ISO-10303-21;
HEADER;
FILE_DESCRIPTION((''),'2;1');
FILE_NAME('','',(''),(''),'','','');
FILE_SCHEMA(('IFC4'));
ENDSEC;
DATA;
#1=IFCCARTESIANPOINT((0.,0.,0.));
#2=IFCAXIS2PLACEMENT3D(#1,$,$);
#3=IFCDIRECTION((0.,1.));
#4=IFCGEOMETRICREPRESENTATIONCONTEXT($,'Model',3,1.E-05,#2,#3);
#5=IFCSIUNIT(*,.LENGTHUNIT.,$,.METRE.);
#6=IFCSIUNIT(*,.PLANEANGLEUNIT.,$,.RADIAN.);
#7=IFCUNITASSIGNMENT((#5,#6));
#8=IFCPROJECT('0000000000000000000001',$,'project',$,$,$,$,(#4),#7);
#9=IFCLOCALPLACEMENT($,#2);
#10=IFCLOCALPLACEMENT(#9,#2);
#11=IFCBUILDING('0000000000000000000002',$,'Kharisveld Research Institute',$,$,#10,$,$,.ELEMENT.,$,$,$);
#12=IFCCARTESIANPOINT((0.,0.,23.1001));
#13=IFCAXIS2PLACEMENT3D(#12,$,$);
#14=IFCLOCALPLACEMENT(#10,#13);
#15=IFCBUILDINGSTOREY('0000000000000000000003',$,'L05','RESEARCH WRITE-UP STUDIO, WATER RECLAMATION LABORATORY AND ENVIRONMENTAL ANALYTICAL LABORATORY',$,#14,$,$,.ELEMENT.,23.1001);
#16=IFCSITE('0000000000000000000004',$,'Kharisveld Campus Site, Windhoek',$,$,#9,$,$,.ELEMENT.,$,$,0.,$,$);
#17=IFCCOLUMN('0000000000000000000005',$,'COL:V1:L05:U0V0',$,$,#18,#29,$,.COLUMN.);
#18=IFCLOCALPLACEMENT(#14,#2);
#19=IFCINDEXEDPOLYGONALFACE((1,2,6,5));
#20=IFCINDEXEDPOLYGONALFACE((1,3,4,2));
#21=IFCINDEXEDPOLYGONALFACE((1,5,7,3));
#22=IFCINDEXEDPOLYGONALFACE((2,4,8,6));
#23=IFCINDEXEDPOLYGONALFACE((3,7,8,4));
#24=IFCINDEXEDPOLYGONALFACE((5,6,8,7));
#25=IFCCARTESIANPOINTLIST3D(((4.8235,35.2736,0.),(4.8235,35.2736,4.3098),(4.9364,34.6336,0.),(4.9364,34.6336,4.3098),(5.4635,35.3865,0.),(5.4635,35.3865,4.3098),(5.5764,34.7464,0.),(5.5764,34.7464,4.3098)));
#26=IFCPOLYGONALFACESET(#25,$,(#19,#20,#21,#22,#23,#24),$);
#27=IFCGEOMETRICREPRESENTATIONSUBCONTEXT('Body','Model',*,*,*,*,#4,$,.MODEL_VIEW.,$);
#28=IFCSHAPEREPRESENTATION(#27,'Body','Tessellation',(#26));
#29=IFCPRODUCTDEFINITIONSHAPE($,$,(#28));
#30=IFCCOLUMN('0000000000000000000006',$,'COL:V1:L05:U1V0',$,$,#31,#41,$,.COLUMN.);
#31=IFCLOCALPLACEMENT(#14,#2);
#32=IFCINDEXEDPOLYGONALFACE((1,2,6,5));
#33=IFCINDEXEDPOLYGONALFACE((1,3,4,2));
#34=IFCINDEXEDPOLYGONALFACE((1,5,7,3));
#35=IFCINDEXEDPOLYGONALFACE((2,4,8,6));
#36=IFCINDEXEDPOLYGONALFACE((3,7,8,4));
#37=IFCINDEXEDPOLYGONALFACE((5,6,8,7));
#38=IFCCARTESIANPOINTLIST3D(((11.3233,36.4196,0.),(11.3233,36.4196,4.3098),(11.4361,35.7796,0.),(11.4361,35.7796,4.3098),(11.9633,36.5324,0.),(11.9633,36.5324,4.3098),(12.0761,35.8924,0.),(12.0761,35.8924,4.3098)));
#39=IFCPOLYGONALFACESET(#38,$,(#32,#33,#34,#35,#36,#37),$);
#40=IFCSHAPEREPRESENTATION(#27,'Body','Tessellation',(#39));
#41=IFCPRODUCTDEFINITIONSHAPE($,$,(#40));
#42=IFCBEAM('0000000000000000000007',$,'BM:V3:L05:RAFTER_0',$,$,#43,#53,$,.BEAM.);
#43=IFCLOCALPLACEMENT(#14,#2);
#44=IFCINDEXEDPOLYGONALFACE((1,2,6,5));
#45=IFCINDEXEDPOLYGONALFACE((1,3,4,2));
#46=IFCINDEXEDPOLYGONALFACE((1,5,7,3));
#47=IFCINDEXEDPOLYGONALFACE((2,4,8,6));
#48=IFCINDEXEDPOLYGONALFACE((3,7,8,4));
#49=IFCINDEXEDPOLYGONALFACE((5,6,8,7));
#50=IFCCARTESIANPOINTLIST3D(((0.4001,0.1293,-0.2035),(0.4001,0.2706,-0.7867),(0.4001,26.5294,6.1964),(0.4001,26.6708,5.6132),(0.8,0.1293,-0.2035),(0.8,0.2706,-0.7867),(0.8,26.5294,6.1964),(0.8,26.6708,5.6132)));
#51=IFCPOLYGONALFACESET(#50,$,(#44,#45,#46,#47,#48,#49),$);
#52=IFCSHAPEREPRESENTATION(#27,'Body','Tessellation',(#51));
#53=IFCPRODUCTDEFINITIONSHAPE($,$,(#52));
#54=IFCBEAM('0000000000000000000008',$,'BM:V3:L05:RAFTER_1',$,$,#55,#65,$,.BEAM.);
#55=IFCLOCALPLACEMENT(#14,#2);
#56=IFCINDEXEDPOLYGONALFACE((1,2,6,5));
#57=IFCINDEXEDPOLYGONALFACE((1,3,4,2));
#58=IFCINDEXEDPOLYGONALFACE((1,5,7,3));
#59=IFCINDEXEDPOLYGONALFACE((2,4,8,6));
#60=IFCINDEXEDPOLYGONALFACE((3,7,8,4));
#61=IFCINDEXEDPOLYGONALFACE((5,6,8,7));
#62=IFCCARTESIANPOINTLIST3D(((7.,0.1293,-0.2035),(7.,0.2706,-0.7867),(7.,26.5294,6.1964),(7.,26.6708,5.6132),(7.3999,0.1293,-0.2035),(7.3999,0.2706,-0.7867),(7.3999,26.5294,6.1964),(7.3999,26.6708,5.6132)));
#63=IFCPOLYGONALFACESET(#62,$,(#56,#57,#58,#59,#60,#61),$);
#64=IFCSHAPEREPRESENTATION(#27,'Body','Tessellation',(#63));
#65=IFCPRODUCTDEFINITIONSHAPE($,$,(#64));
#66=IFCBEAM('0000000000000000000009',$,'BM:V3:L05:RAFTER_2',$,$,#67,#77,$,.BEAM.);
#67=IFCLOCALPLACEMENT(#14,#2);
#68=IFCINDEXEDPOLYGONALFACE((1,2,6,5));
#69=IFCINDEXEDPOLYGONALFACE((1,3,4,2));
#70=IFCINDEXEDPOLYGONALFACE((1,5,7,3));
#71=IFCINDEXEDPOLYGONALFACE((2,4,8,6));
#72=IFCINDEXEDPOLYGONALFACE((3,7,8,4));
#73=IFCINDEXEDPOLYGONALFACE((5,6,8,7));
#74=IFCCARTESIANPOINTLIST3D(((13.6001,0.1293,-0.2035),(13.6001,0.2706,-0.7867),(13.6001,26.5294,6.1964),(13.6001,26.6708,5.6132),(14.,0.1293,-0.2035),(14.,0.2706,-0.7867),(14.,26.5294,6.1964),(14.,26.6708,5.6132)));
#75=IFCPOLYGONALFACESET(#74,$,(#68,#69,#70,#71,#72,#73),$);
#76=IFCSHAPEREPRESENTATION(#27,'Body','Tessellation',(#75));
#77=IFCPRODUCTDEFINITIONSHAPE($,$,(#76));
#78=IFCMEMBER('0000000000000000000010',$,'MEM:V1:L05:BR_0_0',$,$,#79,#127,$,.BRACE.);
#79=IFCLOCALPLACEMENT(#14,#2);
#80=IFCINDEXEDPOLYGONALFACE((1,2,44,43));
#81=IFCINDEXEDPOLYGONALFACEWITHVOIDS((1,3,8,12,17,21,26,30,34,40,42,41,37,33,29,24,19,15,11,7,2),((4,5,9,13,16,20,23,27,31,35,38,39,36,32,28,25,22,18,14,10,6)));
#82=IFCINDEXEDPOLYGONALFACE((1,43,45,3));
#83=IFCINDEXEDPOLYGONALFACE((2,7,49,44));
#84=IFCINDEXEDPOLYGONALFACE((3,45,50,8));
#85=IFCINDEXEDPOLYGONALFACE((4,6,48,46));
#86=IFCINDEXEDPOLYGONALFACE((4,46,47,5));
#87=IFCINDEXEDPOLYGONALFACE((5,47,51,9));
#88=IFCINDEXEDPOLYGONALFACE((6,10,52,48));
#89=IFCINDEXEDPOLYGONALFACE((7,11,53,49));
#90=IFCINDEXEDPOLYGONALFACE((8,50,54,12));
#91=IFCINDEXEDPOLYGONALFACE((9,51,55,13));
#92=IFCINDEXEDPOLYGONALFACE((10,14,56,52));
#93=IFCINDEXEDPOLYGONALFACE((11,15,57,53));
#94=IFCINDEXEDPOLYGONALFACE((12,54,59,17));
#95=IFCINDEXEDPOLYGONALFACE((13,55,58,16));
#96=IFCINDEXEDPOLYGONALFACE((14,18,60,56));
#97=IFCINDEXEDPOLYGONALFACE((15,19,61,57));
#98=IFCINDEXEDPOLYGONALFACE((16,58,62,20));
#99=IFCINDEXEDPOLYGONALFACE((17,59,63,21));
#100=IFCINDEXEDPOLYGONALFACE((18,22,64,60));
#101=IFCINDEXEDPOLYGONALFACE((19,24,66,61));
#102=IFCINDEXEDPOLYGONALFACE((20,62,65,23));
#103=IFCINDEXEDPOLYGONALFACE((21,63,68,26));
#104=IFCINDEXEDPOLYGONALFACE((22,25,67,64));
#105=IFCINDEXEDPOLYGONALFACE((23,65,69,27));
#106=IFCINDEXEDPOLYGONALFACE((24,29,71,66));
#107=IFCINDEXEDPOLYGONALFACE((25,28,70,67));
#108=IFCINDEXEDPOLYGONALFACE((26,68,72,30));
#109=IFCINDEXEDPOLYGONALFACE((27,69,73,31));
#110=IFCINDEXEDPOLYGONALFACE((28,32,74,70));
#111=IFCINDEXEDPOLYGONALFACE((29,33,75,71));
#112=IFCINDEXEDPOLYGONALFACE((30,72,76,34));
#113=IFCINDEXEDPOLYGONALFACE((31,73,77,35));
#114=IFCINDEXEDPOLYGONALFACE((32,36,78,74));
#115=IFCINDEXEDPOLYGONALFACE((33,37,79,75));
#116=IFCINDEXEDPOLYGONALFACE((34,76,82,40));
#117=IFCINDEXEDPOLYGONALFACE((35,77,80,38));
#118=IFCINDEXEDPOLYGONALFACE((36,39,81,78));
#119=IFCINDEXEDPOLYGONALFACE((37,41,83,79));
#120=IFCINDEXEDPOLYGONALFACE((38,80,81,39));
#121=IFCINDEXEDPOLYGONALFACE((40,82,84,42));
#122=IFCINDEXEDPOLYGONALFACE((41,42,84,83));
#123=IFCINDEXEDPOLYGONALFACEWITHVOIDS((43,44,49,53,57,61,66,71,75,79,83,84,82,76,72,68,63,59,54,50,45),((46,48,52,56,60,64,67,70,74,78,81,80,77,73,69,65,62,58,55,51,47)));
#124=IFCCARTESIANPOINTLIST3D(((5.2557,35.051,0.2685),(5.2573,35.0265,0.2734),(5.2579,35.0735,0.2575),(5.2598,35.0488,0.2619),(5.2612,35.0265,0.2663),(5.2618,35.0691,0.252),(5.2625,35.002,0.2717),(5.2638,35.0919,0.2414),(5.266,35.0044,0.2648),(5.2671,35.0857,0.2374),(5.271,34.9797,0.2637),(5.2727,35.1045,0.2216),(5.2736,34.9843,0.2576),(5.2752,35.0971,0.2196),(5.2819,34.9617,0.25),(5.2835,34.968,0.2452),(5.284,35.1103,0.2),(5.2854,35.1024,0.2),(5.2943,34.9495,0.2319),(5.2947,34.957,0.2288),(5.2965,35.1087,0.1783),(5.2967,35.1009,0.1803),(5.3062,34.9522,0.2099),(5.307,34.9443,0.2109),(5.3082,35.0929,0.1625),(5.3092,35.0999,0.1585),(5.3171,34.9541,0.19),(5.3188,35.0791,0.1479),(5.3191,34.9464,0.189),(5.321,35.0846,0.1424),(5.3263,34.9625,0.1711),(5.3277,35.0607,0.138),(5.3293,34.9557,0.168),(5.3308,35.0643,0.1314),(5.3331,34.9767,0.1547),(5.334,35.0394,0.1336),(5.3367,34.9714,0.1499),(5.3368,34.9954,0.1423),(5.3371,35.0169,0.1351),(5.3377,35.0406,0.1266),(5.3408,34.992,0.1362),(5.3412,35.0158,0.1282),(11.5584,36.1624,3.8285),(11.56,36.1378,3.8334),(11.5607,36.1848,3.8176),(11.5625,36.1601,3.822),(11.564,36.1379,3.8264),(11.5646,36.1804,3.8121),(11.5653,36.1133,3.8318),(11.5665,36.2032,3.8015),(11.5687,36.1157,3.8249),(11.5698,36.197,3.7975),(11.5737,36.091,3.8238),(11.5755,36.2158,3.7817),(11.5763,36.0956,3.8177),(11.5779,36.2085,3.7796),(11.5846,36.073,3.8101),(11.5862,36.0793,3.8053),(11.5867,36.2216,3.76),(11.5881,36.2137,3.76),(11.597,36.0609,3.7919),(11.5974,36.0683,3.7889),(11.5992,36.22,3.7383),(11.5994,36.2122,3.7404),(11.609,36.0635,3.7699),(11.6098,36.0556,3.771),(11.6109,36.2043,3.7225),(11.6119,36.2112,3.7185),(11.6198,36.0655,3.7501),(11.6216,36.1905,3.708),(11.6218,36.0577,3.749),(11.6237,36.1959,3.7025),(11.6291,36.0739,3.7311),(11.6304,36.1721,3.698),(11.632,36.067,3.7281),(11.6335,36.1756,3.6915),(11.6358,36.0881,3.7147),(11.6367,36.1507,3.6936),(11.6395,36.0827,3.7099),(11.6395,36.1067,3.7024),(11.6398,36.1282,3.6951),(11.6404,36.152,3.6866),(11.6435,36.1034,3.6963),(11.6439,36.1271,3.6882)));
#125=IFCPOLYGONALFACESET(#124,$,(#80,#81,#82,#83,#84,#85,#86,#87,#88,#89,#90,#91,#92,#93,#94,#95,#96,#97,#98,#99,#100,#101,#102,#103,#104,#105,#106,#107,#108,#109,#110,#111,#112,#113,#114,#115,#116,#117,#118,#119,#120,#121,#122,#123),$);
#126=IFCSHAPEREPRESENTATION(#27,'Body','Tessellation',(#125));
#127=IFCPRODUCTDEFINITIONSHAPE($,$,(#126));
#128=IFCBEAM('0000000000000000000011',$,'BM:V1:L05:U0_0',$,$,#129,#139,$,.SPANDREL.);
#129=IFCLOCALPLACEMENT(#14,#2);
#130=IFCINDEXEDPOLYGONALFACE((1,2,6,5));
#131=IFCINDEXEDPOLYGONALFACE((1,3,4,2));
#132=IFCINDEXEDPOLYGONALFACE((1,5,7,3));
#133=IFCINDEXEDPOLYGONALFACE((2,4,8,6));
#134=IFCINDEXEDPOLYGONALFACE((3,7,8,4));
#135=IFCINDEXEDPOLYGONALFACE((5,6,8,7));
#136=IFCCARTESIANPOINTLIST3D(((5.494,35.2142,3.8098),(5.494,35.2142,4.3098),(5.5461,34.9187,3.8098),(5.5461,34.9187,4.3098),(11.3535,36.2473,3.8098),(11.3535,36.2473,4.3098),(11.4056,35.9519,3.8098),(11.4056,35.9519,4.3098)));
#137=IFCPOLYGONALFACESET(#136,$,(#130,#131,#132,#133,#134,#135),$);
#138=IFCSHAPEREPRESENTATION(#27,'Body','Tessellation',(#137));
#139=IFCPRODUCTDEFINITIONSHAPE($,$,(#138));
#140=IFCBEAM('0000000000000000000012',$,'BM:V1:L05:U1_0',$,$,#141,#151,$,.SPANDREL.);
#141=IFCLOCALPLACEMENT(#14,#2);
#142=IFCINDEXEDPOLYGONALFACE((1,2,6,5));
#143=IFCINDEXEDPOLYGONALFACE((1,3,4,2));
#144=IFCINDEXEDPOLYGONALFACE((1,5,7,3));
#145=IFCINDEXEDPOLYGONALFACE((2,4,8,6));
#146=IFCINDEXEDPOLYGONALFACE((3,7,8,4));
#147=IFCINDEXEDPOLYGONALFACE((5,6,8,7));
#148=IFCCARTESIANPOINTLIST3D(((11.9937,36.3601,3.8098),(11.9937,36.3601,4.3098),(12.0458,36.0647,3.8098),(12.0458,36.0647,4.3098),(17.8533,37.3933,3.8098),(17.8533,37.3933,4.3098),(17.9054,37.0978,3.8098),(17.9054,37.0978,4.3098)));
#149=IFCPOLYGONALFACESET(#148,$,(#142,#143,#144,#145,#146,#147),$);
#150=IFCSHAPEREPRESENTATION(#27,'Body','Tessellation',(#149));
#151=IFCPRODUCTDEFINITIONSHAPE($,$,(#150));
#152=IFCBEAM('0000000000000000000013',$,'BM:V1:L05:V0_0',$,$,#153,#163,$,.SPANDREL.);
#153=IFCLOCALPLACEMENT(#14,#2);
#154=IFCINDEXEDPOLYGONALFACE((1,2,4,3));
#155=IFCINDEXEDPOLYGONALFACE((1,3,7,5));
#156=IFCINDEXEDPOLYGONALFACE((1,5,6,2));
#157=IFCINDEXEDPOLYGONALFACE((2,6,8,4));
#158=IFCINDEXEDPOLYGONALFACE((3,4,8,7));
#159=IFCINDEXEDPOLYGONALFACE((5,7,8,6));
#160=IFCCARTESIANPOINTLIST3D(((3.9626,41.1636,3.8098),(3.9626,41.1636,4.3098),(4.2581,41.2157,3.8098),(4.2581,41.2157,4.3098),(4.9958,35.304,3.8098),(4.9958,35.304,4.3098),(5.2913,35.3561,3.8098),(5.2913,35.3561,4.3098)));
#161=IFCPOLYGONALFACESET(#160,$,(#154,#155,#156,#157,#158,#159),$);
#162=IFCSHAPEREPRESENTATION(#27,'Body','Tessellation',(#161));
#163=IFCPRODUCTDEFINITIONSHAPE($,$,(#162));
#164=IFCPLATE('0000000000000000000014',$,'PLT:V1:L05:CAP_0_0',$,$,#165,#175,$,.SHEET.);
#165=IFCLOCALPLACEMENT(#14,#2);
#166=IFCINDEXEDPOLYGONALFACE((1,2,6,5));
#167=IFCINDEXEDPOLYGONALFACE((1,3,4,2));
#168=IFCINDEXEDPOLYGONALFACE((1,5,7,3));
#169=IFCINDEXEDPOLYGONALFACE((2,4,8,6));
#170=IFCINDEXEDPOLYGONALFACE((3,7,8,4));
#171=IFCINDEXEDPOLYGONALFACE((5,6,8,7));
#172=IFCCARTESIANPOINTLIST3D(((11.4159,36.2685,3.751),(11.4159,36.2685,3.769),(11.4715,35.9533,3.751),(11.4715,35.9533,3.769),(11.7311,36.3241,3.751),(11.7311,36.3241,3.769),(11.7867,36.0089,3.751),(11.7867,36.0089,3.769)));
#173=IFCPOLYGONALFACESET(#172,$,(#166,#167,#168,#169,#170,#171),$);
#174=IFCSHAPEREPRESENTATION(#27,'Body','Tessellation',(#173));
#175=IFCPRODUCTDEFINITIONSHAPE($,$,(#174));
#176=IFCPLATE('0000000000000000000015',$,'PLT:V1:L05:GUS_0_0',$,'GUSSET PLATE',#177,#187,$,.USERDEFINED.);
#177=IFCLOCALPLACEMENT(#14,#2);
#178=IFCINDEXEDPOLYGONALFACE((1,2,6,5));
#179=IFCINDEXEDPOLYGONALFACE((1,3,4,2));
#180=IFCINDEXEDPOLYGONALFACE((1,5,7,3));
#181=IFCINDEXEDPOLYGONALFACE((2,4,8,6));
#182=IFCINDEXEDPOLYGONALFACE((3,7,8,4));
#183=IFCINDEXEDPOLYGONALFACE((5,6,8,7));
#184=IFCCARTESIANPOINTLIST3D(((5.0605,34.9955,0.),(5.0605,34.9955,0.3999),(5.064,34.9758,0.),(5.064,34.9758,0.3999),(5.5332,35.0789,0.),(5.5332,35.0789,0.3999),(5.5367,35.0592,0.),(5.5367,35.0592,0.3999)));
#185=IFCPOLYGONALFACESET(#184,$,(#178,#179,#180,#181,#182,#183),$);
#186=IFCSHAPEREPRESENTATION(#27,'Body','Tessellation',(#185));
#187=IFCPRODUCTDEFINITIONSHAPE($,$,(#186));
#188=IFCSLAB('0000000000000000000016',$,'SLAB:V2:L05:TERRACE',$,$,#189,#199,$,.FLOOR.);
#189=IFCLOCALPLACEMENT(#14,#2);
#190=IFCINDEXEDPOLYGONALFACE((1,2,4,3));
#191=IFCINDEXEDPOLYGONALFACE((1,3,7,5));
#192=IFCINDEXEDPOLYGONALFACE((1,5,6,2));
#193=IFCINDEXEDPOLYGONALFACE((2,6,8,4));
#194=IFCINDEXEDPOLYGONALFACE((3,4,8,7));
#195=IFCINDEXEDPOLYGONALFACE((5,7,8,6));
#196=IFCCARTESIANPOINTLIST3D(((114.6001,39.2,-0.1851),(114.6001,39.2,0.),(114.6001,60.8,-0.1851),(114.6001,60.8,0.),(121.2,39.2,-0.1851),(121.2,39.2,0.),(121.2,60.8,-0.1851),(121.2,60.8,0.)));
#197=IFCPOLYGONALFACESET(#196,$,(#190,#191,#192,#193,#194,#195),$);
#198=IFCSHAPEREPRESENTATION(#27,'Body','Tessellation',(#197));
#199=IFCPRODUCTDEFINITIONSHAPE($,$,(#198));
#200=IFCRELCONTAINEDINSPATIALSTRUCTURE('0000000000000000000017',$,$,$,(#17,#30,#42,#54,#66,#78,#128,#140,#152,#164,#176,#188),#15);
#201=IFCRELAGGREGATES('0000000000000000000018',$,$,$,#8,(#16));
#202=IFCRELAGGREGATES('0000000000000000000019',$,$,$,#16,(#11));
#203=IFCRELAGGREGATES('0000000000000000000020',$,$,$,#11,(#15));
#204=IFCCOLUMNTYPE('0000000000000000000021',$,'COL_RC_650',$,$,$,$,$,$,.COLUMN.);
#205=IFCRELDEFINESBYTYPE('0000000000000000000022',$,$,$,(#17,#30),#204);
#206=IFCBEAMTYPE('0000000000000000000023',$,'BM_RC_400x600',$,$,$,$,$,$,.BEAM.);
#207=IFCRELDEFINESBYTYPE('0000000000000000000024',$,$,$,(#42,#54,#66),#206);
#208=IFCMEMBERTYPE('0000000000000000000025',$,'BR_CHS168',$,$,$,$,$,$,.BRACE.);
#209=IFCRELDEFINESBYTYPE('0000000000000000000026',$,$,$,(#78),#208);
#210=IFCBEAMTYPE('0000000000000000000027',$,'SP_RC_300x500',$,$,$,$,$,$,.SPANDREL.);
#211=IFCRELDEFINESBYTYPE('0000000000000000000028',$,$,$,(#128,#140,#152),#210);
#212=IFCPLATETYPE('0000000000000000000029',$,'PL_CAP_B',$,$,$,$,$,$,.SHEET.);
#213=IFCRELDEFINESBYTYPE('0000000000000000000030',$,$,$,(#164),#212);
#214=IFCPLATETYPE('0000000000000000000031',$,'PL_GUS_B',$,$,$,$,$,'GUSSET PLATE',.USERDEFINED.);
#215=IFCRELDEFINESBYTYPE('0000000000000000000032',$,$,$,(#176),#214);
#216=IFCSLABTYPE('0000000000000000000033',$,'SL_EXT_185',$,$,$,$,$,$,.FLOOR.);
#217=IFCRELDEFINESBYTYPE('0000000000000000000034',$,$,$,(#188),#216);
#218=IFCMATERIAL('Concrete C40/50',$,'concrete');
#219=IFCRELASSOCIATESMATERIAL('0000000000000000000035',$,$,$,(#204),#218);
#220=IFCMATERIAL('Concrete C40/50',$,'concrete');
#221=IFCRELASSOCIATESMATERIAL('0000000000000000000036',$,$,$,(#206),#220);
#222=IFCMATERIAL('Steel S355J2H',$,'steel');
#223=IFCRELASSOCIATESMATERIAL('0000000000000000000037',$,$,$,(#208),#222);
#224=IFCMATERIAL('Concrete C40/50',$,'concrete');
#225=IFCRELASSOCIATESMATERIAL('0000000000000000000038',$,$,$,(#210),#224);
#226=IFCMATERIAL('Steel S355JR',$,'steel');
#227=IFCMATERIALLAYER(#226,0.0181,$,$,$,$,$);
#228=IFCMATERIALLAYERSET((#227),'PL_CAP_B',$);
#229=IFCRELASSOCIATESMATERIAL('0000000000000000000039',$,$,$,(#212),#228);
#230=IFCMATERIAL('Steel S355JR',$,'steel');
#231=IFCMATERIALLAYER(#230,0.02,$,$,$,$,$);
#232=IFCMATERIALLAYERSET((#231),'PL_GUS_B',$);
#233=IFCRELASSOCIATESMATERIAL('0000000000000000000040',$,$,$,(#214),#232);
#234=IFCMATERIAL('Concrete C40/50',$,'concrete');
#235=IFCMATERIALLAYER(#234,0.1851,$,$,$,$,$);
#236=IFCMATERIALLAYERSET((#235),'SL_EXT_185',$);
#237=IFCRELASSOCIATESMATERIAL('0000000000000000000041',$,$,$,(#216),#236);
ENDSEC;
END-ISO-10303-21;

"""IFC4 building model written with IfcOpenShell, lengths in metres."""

from ifc_helpers import new_model, si_unit, direction, frame, origin, origin_2d, place, context, subcontext, project, spatial, polyline, rectangle, hollow_circle, outline, extrude, material, layer, layer_set, material_profile, profile_set, type_object, element, save


model = new_model("IFC4")

# Units and contexts
model_context = context("Model", 3, precision=1e-05, world=origin(), true_north=direction((0.0, 1.0)))
body_context = subcontext(model_context, "Body", "Model", "MODEL_VIEW")
ifc_project = project(units=[si_unit("LENGTHUNIT", "METRE"), si_unit("PLANEANGLEUNIT", "RADIAN")], contexts=[model_context])

# Site, building, storey
site_placement = place(None, origin())
site = spatial("IfcSite", under=ifc_project, at=site_placement, Name="Kharisveld Campus Site, Windhoek", CompositionType="ELEMENT", RefElevation=0.0)
building_placement = place(site_placement, origin())
building = spatial("IfcBuilding", under=site, at=building_placement, Name="Kharisveld Research Institute", CompositionType="ELEMENT")
storey_placement = place(building_placement, frame((0.0, 0.0, 23.1001)))
storey = spatial("IfcBuildingStorey", under=building, at=storey_placement, Name="L05", Description="RESEARCH WRITE-UP STUDIO, WATER RECLAMATION LABORATORY AND ENVIRONMENTAL ANALYTICAL LABORATORY", CompositionType="ELEMENT", Elevation=23.1001)

# Columns
ifc_material_1 = material(Name="Concrete C40/50", Category="concrete")
ifc_material_profile_1 = material_profile(ifc_material_1, rectangle(XDim=0.6499, YDim=0.6499, at=origin_2d()))
ifc_profile_set_1 = profile_set([ifc_material_profile_1], Name="Concrete C40/50")
column_type = type_object("IfcColumnType", Name="COL_RC_650", PredefinedType="COLUMN", material=ifc_profile_set_1)
for number, where, z_axis, x_axis, name in (
    (1, (5.2, 35.01, 0.0), (0.0, 0.0, 1.0), (0.984808, 0.173648, 0.0), "COL:V1:L05:U0V0"),
    (2, (11.6997, 36.156, 0.0), (0.0, 0.0, 1.0), (0.984808, 0.173648, 0.0), "COL:V1:L05:U1V0"),
):
    element("IfcColumn", number, at=place(storey_placement, frame(where, z_axis=z_axis, x_axis=x_axis)), inside=storey, type_object=column_type, Name=name, PredefinedType="COLUMN", context=body_context, shape_type="SweptSolid", body=[
        extrude(rectangle(XDim=0.6499, YDim=0.6499, at=origin_2d()), origin(), (0.0, 0.0, 1.0), 4.3098),
    ])

# Beams
ifc_material_2 = material(Name="Concrete C40/50", Category="concrete")
ifc_material_profile_2 = material_profile(ifc_material_2, rectangle(XDim=0.3999, YDim=0.6001, at=origin_2d()))
ifc_profile_set_2 = profile_set([ifc_material_profile_2], Name="Concrete C40/50")
beam_type_1 = type_object("IfcBeamType", Name="BM_RC_400x600", PredefinedType="BEAM", material=ifc_profile_set_2)
for number, where, z_axis, x_axis, name in (
    (3, (0.6001, 0.2, -0.4951), (0.0, 0.971851, 0.235595), (-1.0, 0.0, 0.0), "BM:V3:L05:RAFTER_0"),
    (4, (7.2, 0.2, -0.4951), (0.0, 0.971851, 0.235595), (-1.0, 0.0, 0.0), "BM:V3:L05:RAFTER_1"),
    (5, (13.8, 0.2, -0.4951), (0.0, 0.971851, 0.235595), (-1.0, 0.0, 0.0), "BM:V3:L05:RAFTER_2"),
):
    element("IfcBeam", number, at=place(storey_placement, frame(where, z_axis=z_axis, x_axis=x_axis)), inside=storey, type_object=beam_type_1, Name=name, PredefinedType="BEAM", context=body_context, shape_type="SweptSolid", body=[
        extrude(rectangle(XDim=0.3999, YDim=0.6001, at=origin_2d()), origin(), (0.0, 0.0, 1.0), 27.1648),
    ])

# Member
ifc_material_3 = material(Name="Steel S355J2H", Category="steel")
ifc_material_profile_3 = material_profile(ifc_material_3, hollow_circle(Radius=0.0842, WallThickness=0.0081, at=origin_2d()))
ifc_profile_set_3 = profile_set([ifc_material_profile_3], Name="Steel S355J2H")
member_type = type_object("IfcMemberType", Name="BR_CHS168", PredefinedType="BRACE", material=ifc_profile_set_3)
member_placement = place(storey_placement, frame((5.2986, 35.0273, 0.2), z_axis=(0.860619, 0.151748, 0.486115), x_axis=(-0.173646, 0.984808, 0.0)))
element("IfcMember", 6, at=member_placement, inside=storey, type_object=member_type, Name="MEM:V1:L05:BR_0_0", PredefinedType="BRACE", context=body_context, shape_type="SweptSolid", body=[
    extrude(hollow_circle(Radius=0.0842, WallThickness=0.0081, at=origin_2d()), origin(), (0.0, 0.0, 1.0), 7.3235),
])

# Beams
ifc_material_4 = material(Name="Concrete C40/50", Category="concrete")
ifc_material_profile_4 = material_profile(ifc_material_4, rectangle(XDim=0.3, YDim=0.5, at=origin_2d()))
ifc_profile_set_4 = profile_set([ifc_material_profile_4], Name="Concrete C40/50")
beam_type_2 = type_object("IfcBeamType", Name="SP_RC_300x500", PredefinedType="SPANDREL", material=ifc_profile_set_4)
for number, where, z_axis, x_axis, name in (
    (7, (5.52, 35.0664, 4.0598), (0.984808, 0.173647, 0.0), (-0.173647, 0.984808, 0.0), "BM:V1:L05:U0_0"),
    (8, (12.0198, 36.2124, 4.0598), (0.984808, 0.173647, 0.0), (-0.173647, 0.984808, 0.0), "BM:V1:L05:U1_0"),
    (9, (5.1436, 35.3301, 4.0598), (-0.173647, 0.984808, 0.0), (-0.984808, -0.173647, 0.0), "BM:V1:L05:V0_0"),
):
    element("IfcBeam", number, at=place(storey_placement, frame(where, z_axis=z_axis, x_axis=x_axis)), inside=storey, type_object=beam_type_2, Name=name, PredefinedType="SPANDREL", context=body_context, shape_type="SweptSolid", body=[
        extrude(rectangle(XDim=0.3, YDim=0.5, at=origin_2d()), origin(), (0.0, 0.0, 1.0), 5.95),
    ])

# Plates
ifc_material_5 = material(Name="Steel S355JR", Category="steel")
ifc_layer_1 = layer(ifc_material_5, 0.0181)
ifc_layer_set_1 = layer_set([ifc_layer_1], Name="PL_CAP_B")
plate_type_1 = type_object("IfcPlateType", Name="PL_CAP_B", PredefinedType="SHEET", material=ifc_layer_set_1)
plate_1_placement = place(storey_placement, frame((11.6013, 36.1387, 3.751), z_axis=(0.0, 0.0, 1.0), x_axis=(0.984808, 0.173648, 0.0)))
element("IfcPlate", 10, at=plate_1_placement, inside=storey, type_object=plate_type_1, Name="PLT:V1:L05:CAP_0_0", PredefinedType="SHEET", context=body_context, shape_type="SweptSolid", body=[
    extrude(rectangle(XDim=0.3201, YDim=0.3201, at=origin_2d()), origin(), (0.0, 0.0, 1.0), 0.0181),
])
ifc_material_6 = material(Name="Steel S355JR", Category="steel")
ifc_layer_2 = layer(ifc_material_6, 0.02)
ifc_layer_set_2 = layer_set([ifc_layer_2], Name="PL_GUS_B")
plate_type_2 = type_object("IfcPlateType", Name="PL_GUS_B", ElementType="GUSSET PLATE", PredefinedType="USERDEFINED", material=ifc_layer_set_2)
plate_2_placement = place(storey_placement, frame((5.2986, 35.0273, 0.0), z_axis=(0.0, 0.0, 1.0), x_axis=(0.984808, 0.173648, 0.0)))
element("IfcPlate", 11, at=plate_2_placement, inside=storey, type_object=plate_type_2, Name="PLT:V1:L05:GUS_0_0", ObjectType="GUSSET PLATE", PredefinedType="USERDEFINED", context=body_context, shape_type="SweptSolid", body=[
    extrude(rectangle(XDim=0.48, YDim=0.02, at=origin_2d()), origin(), (0.0, 0.0, 1.0), 0.3999),
])

# Slab
ifc_material_7 = material(Name="Concrete C40/50", Category="concrete")
ifc_layer_3 = layer(ifc_material_7, 0.1851)
ifc_layer_set_3 = layer_set([ifc_layer_3], Name="SL_EXT_185")
slab_type_1 = type_object("IfcSlabType", Name="SL_EXT_185", PredefinedType="FLOOR", material=ifc_layer_set_3)
slab_1_placement = place(storey_placement, frame((0.0, 0.0, -0.1851)))
element("IfcSlab", 12, at=slab_1_placement, inside=storey, type_object=slab_type_1, Name="SLAB:V2:L05:TERRACE", PredefinedType="FLOOR", context=body_context, shape_type="SweptSolid", body=[
    extrude(outline(polyline([(114.6001, 39.2), (121.2, 39.2), (121.2, 60.8), (114.6001, 60.8), (114.6001, 39.2)])), origin(), (0.0, 0.0, 1.0), 0.1851),
])

save(model, "model.ifc")
